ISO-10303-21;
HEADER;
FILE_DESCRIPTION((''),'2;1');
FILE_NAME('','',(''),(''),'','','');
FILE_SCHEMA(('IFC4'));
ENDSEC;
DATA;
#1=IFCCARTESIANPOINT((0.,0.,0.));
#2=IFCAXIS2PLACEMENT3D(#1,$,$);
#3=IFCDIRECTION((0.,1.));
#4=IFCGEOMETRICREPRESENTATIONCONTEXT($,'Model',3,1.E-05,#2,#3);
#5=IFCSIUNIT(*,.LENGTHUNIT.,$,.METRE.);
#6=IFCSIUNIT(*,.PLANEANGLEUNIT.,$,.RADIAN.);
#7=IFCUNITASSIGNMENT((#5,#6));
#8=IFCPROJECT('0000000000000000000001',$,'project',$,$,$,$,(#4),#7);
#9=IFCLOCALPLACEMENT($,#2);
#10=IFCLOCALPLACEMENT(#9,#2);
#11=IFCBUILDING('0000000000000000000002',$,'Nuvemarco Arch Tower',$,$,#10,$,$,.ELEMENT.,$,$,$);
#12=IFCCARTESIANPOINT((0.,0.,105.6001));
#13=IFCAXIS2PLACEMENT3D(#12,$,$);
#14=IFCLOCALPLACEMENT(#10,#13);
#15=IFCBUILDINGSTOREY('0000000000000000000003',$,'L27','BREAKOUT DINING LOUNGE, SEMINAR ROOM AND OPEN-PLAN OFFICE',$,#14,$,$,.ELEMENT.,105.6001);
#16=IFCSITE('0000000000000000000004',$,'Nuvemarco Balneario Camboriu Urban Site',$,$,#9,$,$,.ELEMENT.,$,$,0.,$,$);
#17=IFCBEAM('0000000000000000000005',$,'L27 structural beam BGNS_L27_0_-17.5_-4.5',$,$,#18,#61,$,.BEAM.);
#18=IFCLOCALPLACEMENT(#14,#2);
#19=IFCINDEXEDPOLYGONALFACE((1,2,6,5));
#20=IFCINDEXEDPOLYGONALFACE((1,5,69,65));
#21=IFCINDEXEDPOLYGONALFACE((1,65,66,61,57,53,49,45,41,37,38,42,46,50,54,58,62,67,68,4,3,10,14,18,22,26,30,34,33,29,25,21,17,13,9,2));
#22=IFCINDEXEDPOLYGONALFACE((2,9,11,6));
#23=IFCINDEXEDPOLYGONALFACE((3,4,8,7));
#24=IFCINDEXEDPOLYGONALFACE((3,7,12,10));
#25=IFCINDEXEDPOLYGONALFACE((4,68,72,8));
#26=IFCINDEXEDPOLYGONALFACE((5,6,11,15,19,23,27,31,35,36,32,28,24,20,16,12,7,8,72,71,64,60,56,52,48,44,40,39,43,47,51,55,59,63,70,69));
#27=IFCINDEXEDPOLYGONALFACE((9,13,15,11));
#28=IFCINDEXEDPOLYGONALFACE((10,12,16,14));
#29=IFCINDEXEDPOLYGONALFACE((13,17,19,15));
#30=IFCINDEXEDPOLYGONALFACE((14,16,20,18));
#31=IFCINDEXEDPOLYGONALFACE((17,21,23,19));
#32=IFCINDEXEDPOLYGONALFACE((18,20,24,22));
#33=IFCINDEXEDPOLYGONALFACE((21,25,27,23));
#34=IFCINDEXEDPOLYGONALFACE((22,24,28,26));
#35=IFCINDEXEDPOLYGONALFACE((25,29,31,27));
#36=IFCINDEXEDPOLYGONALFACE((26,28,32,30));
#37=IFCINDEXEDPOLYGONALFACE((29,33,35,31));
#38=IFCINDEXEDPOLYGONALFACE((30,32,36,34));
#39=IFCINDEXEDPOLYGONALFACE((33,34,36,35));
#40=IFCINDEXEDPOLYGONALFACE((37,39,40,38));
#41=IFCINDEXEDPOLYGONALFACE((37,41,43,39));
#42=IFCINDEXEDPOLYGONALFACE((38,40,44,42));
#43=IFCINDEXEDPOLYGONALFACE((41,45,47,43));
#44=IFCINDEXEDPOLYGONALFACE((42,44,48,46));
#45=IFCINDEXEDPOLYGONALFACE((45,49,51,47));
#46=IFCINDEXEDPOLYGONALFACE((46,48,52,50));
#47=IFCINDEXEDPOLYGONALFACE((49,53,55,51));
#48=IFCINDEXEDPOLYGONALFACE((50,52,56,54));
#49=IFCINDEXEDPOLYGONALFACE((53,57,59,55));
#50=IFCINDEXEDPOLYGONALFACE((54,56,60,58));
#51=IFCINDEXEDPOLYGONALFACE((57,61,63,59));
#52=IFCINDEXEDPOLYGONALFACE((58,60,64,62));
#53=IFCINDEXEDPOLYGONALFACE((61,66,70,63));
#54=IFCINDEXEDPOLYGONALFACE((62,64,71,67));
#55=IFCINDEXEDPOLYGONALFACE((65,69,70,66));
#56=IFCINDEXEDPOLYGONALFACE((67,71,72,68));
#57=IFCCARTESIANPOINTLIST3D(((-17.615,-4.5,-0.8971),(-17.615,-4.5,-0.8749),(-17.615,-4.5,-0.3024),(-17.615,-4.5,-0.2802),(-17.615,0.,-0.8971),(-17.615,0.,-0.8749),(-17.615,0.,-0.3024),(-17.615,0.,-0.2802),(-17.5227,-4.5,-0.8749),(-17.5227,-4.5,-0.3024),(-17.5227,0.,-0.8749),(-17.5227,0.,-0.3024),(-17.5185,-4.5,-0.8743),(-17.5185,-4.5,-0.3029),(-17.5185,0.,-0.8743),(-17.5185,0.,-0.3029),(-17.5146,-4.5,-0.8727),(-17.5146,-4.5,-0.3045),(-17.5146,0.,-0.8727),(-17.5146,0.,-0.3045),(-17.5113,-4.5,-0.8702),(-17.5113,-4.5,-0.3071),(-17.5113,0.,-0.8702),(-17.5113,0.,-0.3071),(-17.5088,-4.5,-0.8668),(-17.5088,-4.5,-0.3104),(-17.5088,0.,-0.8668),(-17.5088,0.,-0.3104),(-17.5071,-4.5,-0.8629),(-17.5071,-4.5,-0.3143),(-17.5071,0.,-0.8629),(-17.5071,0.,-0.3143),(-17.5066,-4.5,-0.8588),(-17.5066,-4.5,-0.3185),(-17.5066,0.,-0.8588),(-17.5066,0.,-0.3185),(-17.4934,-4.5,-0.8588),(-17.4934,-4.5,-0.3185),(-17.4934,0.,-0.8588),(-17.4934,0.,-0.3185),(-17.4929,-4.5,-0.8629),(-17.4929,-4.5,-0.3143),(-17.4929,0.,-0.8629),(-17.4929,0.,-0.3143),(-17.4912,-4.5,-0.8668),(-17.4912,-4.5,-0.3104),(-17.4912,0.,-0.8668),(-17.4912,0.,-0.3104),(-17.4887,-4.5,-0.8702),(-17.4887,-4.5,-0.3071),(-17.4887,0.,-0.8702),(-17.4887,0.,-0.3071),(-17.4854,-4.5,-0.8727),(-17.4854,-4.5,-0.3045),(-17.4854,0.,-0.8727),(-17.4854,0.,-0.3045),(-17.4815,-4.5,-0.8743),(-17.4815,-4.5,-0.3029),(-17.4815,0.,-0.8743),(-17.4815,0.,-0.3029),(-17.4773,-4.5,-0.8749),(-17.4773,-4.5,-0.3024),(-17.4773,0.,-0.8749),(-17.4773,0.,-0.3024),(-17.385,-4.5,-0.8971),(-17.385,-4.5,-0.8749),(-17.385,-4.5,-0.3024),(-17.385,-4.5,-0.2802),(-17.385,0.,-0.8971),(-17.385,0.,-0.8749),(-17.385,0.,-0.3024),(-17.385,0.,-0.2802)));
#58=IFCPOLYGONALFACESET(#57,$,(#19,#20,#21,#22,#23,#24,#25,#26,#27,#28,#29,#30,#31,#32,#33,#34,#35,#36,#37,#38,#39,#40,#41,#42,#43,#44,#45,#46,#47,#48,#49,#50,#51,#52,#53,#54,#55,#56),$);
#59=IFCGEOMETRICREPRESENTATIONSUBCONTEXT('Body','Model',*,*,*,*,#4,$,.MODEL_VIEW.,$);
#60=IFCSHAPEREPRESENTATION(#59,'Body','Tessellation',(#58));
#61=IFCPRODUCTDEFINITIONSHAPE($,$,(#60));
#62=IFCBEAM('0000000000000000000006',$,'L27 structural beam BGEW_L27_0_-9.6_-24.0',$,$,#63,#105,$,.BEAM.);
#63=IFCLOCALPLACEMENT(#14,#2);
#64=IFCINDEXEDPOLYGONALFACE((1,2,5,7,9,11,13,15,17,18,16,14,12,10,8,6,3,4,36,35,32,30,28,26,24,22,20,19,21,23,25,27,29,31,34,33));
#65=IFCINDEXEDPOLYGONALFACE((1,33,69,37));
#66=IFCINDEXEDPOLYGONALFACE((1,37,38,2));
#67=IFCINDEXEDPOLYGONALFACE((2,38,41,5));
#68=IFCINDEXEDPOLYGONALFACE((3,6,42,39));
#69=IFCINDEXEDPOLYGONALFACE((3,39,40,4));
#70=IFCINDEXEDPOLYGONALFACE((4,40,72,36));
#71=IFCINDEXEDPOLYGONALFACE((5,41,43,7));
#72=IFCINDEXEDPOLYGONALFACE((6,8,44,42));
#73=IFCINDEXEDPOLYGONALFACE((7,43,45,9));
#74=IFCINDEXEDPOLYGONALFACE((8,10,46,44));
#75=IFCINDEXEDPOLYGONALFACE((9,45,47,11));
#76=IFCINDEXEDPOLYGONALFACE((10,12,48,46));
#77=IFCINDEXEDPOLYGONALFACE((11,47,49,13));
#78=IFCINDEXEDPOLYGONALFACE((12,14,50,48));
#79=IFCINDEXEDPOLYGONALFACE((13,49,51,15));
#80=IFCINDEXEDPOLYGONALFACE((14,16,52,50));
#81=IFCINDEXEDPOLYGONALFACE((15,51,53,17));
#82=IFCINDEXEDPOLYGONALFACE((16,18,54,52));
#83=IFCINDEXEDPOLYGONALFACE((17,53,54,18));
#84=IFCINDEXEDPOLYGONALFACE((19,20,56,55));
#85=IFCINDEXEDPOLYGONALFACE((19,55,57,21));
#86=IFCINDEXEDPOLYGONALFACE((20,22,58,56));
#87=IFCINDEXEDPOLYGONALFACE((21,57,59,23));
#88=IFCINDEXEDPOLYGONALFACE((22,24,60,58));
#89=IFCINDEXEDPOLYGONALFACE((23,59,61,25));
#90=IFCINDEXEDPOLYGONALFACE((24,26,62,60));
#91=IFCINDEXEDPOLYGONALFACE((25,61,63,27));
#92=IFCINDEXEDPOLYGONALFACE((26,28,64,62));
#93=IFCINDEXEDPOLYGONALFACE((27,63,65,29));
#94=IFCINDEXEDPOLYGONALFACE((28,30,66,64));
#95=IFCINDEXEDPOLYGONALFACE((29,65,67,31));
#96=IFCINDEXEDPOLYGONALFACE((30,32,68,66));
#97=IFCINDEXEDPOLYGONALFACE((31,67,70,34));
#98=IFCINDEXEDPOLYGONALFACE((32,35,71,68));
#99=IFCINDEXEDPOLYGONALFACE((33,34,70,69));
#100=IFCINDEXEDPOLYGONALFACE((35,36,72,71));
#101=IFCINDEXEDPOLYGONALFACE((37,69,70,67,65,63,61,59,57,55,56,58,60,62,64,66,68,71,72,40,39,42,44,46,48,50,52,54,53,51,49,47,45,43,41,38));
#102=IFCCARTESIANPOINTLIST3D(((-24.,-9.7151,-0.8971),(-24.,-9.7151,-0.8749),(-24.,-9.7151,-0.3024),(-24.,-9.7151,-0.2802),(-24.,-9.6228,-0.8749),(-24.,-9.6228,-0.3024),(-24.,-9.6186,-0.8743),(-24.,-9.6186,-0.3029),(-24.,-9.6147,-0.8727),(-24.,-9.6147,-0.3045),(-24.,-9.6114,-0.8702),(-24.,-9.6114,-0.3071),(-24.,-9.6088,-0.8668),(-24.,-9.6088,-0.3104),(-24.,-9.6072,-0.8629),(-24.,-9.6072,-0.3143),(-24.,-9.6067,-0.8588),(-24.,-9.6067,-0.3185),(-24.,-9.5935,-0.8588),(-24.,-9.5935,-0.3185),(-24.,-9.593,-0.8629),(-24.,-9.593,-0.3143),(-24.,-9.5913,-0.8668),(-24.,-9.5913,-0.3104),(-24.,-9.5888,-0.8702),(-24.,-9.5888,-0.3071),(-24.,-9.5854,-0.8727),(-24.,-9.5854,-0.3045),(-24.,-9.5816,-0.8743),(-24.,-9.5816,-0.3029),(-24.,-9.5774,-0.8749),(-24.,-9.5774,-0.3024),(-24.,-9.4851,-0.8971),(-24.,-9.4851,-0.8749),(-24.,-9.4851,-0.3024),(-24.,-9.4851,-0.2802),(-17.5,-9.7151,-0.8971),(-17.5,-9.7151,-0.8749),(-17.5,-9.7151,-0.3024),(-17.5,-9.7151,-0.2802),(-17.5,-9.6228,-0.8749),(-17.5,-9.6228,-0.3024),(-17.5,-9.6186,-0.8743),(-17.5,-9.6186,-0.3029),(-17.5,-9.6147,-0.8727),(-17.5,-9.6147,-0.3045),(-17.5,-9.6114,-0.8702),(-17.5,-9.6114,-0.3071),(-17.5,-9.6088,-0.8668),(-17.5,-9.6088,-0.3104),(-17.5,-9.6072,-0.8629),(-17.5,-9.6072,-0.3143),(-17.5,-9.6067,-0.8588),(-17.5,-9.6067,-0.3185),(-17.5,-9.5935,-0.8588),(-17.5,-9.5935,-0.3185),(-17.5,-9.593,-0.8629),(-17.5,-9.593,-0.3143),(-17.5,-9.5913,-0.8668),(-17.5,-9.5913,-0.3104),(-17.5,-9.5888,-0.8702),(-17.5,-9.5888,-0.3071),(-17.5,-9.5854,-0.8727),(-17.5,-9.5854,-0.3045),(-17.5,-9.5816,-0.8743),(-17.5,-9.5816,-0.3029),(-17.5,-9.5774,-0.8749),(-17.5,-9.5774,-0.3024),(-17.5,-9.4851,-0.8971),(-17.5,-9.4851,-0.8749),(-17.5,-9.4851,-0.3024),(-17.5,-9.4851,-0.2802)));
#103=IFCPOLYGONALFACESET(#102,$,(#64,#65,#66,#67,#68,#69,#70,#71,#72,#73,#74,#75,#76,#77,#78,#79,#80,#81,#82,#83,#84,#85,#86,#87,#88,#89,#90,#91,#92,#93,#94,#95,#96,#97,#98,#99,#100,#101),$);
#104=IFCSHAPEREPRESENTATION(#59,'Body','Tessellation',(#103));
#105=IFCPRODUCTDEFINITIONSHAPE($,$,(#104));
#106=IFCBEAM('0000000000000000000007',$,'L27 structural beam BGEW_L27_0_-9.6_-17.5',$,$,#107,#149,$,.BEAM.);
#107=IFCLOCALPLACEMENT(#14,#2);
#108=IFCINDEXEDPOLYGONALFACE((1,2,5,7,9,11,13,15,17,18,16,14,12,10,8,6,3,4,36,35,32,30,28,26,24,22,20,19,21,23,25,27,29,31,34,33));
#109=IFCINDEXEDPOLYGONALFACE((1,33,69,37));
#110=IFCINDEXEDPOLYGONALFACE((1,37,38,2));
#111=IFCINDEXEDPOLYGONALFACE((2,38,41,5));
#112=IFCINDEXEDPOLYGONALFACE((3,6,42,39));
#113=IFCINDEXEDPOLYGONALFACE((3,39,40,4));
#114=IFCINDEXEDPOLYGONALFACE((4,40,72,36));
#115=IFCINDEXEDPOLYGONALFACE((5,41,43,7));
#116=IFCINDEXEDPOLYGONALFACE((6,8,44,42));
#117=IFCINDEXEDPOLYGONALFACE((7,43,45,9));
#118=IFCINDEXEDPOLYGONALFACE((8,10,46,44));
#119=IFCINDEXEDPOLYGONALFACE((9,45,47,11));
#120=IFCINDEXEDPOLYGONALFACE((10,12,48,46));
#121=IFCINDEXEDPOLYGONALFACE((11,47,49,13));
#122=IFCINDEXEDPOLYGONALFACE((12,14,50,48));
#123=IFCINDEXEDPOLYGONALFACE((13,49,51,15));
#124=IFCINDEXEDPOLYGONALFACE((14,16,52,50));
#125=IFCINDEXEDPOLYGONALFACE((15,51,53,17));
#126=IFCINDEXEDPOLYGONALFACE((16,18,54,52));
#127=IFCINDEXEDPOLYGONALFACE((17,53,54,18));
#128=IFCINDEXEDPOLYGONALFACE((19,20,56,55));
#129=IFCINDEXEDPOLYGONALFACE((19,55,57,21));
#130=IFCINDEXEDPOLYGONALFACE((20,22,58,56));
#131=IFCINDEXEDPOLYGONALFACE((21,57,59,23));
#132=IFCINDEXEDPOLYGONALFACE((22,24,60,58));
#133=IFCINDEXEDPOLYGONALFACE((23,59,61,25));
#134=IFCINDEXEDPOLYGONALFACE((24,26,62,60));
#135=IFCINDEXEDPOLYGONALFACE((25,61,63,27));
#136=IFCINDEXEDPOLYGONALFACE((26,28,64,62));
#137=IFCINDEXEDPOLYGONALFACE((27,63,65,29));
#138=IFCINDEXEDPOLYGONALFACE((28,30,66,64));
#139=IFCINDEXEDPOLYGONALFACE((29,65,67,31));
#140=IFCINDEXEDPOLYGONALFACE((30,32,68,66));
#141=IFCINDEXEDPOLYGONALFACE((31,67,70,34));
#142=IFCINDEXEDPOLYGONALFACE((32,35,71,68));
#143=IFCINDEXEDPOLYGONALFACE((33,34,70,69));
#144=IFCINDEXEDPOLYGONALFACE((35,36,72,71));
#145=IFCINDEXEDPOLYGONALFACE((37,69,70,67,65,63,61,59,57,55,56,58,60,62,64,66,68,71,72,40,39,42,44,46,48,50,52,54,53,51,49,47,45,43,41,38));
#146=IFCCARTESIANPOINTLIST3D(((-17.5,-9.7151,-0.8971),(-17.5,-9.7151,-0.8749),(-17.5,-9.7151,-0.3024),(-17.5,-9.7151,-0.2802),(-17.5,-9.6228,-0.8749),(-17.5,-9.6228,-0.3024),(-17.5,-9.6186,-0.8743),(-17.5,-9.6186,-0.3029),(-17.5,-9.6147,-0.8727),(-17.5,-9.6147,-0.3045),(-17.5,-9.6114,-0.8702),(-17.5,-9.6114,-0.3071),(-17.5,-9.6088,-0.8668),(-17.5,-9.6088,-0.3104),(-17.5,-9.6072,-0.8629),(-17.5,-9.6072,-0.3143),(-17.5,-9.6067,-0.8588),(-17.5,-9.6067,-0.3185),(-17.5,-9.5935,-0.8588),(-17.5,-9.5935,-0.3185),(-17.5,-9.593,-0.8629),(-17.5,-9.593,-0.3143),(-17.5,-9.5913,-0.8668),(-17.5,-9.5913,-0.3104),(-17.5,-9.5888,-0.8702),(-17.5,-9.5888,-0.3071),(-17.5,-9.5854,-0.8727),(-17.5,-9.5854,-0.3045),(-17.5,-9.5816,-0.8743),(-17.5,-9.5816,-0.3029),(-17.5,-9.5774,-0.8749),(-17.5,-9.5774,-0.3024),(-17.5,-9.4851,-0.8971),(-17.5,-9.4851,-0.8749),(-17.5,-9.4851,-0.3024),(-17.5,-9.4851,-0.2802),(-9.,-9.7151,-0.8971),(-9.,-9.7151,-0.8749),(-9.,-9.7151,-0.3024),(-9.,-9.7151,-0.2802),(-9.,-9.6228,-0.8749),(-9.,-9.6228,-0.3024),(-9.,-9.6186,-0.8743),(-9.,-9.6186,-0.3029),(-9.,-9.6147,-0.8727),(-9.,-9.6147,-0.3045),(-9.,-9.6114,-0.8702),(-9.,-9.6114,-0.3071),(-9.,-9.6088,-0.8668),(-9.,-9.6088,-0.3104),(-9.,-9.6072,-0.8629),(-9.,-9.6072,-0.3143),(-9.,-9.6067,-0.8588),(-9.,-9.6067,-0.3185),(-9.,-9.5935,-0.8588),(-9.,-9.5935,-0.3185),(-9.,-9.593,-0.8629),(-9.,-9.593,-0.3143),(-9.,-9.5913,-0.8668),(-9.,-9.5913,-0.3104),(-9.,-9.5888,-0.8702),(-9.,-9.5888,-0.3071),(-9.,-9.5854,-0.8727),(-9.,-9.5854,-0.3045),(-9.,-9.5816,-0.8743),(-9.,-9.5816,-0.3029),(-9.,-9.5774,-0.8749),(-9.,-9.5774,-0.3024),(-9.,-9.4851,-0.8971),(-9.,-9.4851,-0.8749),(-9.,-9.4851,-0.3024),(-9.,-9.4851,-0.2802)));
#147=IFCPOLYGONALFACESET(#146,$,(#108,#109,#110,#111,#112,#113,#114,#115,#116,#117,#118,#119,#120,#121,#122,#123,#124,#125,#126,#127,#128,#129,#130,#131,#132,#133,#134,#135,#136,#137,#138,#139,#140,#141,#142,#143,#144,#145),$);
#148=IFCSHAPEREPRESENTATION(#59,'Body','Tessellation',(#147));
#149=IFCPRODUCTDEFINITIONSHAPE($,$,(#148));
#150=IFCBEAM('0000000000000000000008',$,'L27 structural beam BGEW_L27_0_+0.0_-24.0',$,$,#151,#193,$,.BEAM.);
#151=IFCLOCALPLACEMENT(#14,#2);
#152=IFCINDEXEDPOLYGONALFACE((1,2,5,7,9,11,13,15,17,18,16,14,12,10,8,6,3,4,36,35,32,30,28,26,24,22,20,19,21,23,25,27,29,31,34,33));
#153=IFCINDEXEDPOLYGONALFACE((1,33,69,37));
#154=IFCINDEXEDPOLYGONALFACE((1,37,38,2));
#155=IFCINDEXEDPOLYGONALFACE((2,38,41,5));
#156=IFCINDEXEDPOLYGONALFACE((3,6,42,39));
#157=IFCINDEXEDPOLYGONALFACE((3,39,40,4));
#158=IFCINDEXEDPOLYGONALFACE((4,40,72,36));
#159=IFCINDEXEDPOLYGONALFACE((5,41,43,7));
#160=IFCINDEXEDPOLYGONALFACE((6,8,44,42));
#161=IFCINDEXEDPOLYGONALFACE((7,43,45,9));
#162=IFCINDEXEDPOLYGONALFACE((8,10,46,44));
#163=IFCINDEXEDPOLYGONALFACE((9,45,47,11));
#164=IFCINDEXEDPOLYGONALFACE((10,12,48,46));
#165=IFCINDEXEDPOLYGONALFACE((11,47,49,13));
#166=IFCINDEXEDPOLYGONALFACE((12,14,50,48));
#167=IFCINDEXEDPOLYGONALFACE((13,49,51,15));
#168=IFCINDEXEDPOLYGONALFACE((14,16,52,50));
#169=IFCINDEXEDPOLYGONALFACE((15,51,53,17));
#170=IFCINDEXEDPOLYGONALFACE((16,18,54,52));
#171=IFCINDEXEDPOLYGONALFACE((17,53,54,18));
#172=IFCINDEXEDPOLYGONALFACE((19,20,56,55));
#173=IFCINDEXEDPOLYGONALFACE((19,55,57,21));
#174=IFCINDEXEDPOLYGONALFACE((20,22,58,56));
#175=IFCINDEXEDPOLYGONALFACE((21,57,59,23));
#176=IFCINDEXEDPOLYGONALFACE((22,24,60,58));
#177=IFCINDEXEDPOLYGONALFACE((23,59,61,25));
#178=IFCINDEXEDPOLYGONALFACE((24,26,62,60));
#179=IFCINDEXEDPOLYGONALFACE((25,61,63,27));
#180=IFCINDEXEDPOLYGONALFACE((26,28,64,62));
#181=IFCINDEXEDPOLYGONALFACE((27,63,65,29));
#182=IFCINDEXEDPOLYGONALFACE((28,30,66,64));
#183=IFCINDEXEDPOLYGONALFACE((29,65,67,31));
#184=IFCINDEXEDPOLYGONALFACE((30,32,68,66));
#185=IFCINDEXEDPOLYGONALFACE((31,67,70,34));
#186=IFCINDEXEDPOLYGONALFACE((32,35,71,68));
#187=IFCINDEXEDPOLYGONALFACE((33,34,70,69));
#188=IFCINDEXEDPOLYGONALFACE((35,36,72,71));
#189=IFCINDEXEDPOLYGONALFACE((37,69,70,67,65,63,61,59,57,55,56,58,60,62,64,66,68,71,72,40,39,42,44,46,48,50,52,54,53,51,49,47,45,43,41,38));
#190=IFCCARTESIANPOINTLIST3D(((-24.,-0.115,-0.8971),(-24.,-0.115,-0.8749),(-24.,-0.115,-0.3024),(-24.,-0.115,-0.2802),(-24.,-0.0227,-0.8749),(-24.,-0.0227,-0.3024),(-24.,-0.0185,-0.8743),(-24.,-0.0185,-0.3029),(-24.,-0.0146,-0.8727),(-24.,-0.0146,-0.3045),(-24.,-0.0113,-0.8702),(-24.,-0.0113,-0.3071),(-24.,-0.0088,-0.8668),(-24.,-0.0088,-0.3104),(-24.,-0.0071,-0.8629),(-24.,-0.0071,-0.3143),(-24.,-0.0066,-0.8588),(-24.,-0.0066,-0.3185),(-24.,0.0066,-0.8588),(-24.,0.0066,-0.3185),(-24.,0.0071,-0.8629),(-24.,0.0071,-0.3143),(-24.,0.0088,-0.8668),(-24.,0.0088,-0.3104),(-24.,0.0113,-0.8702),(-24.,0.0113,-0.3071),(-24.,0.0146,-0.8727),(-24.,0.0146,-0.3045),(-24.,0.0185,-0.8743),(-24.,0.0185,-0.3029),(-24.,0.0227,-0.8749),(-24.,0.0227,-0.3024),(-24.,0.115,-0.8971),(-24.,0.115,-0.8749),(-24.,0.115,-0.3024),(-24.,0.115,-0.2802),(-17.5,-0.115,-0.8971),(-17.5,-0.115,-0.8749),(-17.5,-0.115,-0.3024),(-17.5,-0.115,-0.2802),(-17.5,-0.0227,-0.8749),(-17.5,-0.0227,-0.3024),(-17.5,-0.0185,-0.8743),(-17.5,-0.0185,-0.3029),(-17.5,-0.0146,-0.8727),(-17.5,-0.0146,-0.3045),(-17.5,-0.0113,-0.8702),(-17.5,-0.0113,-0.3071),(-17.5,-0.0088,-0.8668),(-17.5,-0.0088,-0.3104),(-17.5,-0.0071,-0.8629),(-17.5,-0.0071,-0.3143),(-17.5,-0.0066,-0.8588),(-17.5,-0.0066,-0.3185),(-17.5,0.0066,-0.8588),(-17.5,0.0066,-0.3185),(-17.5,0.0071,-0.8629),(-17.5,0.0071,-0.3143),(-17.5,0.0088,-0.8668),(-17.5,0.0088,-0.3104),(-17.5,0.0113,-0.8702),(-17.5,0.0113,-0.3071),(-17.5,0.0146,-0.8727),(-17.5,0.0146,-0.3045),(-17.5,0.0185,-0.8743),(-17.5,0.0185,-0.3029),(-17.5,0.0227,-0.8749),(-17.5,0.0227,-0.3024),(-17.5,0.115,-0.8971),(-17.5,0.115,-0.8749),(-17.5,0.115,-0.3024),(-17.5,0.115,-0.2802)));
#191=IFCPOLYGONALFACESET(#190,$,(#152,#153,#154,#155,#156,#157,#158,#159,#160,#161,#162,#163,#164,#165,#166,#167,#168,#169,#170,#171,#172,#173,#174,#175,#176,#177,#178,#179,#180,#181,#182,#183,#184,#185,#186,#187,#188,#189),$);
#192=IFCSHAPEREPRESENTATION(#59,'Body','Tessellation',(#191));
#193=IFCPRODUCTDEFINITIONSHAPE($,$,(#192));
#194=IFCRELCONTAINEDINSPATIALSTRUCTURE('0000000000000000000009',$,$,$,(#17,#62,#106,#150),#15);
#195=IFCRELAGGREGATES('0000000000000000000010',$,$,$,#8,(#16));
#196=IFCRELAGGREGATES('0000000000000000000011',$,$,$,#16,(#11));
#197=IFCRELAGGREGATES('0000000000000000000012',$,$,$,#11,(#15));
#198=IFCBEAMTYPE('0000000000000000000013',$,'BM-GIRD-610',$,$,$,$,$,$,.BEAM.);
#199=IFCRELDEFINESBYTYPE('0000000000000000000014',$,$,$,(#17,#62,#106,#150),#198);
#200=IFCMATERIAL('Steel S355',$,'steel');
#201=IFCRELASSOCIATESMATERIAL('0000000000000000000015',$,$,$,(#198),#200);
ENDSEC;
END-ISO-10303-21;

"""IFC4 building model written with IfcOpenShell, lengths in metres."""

from ifc_helpers import new_model, si_unit, direction, frame, origin, origin_2d, place, context, subcontext, project, spatial, i_section, extrude, material, material_profile, profile_set, type_object, element, save


model = new_model("IFC4")

# Units and contexts
model_context = context("Model", 3, precision=1e-05, world=origin(), true_north=direction((0.0, 1.0)))
body_context = subcontext(model_context, "Body", "Model", "MODEL_VIEW")
ifc_project = project(units=[si_unit("LENGTHUNIT", "METRE"), si_unit("PLANEANGLEUNIT", "RADIAN")], contexts=[model_context])

# Site, building, storey
site_placement = place(None, origin())
site = spatial("IfcSite", under=ifc_project, at=site_placement, Name="Nuvemarco Balneario Camboriu Urban Site", CompositionType="ELEMENT", RefElevation=0.0)
building_placement = place(site_placement, origin())
building = spatial("IfcBuilding", under=site, at=building_placement, Name="Nuvemarco Arch Tower", CompositionType="ELEMENT")
storey_placement = place(building_placement, frame((0.0, 0.0, 105.6001)))
storey = spatial("IfcBuildingStorey", under=building, at=storey_placement, Name="L27", Description="BREAKOUT DINING LOUNGE, SEMINAR ROOM AND OPEN-PLAN OFFICE", CompositionType="ELEMENT", Elevation=105.6001)

# Shared definitions
ifc_material_1 = material(Name="Steel S355", Category="steel")

# Beams
ifc_material_profile_1 = material_profile(ifc_material_1, i_section(OverallWidth=0.23, OverallDepth=0.6169, WebThickness=0.0132, FlangeThickness=0.0222, FilletRadius=0.0161, at=origin_2d()), Name="W610x140")
ifc_profile_set_1 = profile_set([ifc_material_profile_1], Name="Steel S355")
beam_type_1 = type_object("IfcBeamType", Name="BM-GIRD-610", PredefinedType="BEAM", material=ifc_profile_set_1)
beam_1_placement = place(storey_placement, frame((-17.5, -4.5, -0.5886), z_axis=(0.0, 1.0, 0.0), x_axis=(-1.0, 0.0, 0.0)))
element("IfcBeam", 1, at=beam_1_placement, inside=storey, type_object=beam_type_1, Name="L27 structural beam BGNS_L27_0_-17.5_-4.5", PredefinedType="BEAM", context=body_context, shape_type="SweptSolid", body=[
    extrude(i_section(OverallWidth=0.23, OverallDepth=0.6169, WebThickness=0.0132, FlangeThickness=0.0222, FilletRadius=0.0161, at=origin_2d()), origin(), (0.0, 0.0, 1.0), 4.5),
])
beam_2_placement = place(storey_placement, frame((-24.0, -9.6001, -0.5886), z_axis=(1.0, 0.0, 0.0), x_axis=(0.0, 1.0, 0.0)))
element("IfcBeam", 2, at=beam_2_placement, inside=storey, type_object=beam_type_1, Name="L27 structural beam BGEW_L27_0_-9.6_-24.0", PredefinedType="BEAM", context=body_context, shape_type="SweptSolid", body=[
    extrude(i_section(OverallWidth=0.23, OverallDepth=0.6169, WebThickness=0.0132, FlangeThickness=0.0222, FilletRadius=0.0161, at=origin_2d()), origin(), (0.0, 0.0, 1.0), 6.5),
])
beam_3_placement = place(storey_placement, frame((-17.5, -9.6001, -0.5886), z_axis=(1.0, 0.0, 0.0), x_axis=(0.0, 1.0, 0.0)))
element("IfcBeam", 3, at=beam_3_placement, inside=storey, type_object=beam_type_1, Name="L27 structural beam BGEW_L27_0_-9.6_-17.5", PredefinedType="BEAM", context=body_context, shape_type="SweptSolid", body=[
    extrude(i_section(OverallWidth=0.23, OverallDepth=0.6169, WebThickness=0.0132, FlangeThickness=0.0222, FilletRadius=0.0161, at=origin_2d()), origin(), (0.0, 0.0, 1.0), 8.5),
])
beam_4_placement = place(storey_placement, frame((-24.0, 0.0, -0.5886), z_axis=(1.0, 0.0, 0.0), x_axis=(0.0, 1.0, 0.0)))
element("IfcBeam", 4, at=beam_4_placement, inside=storey, type_object=beam_type_1, Name="L27 structural beam BGEW_L27_0_+0.0_-24.0", PredefinedType="BEAM", context=body_context, shape_type="SweptSolid", body=[
    extrude(i_section(OverallWidth=0.23, OverallDepth=0.6169, WebThickness=0.0132, FlangeThickness=0.0222, FilletRadius=0.0161, at=origin_2d()), origin(), (0.0, 0.0, 1.0), 6.5),
])

save(model, "model.ifc")
